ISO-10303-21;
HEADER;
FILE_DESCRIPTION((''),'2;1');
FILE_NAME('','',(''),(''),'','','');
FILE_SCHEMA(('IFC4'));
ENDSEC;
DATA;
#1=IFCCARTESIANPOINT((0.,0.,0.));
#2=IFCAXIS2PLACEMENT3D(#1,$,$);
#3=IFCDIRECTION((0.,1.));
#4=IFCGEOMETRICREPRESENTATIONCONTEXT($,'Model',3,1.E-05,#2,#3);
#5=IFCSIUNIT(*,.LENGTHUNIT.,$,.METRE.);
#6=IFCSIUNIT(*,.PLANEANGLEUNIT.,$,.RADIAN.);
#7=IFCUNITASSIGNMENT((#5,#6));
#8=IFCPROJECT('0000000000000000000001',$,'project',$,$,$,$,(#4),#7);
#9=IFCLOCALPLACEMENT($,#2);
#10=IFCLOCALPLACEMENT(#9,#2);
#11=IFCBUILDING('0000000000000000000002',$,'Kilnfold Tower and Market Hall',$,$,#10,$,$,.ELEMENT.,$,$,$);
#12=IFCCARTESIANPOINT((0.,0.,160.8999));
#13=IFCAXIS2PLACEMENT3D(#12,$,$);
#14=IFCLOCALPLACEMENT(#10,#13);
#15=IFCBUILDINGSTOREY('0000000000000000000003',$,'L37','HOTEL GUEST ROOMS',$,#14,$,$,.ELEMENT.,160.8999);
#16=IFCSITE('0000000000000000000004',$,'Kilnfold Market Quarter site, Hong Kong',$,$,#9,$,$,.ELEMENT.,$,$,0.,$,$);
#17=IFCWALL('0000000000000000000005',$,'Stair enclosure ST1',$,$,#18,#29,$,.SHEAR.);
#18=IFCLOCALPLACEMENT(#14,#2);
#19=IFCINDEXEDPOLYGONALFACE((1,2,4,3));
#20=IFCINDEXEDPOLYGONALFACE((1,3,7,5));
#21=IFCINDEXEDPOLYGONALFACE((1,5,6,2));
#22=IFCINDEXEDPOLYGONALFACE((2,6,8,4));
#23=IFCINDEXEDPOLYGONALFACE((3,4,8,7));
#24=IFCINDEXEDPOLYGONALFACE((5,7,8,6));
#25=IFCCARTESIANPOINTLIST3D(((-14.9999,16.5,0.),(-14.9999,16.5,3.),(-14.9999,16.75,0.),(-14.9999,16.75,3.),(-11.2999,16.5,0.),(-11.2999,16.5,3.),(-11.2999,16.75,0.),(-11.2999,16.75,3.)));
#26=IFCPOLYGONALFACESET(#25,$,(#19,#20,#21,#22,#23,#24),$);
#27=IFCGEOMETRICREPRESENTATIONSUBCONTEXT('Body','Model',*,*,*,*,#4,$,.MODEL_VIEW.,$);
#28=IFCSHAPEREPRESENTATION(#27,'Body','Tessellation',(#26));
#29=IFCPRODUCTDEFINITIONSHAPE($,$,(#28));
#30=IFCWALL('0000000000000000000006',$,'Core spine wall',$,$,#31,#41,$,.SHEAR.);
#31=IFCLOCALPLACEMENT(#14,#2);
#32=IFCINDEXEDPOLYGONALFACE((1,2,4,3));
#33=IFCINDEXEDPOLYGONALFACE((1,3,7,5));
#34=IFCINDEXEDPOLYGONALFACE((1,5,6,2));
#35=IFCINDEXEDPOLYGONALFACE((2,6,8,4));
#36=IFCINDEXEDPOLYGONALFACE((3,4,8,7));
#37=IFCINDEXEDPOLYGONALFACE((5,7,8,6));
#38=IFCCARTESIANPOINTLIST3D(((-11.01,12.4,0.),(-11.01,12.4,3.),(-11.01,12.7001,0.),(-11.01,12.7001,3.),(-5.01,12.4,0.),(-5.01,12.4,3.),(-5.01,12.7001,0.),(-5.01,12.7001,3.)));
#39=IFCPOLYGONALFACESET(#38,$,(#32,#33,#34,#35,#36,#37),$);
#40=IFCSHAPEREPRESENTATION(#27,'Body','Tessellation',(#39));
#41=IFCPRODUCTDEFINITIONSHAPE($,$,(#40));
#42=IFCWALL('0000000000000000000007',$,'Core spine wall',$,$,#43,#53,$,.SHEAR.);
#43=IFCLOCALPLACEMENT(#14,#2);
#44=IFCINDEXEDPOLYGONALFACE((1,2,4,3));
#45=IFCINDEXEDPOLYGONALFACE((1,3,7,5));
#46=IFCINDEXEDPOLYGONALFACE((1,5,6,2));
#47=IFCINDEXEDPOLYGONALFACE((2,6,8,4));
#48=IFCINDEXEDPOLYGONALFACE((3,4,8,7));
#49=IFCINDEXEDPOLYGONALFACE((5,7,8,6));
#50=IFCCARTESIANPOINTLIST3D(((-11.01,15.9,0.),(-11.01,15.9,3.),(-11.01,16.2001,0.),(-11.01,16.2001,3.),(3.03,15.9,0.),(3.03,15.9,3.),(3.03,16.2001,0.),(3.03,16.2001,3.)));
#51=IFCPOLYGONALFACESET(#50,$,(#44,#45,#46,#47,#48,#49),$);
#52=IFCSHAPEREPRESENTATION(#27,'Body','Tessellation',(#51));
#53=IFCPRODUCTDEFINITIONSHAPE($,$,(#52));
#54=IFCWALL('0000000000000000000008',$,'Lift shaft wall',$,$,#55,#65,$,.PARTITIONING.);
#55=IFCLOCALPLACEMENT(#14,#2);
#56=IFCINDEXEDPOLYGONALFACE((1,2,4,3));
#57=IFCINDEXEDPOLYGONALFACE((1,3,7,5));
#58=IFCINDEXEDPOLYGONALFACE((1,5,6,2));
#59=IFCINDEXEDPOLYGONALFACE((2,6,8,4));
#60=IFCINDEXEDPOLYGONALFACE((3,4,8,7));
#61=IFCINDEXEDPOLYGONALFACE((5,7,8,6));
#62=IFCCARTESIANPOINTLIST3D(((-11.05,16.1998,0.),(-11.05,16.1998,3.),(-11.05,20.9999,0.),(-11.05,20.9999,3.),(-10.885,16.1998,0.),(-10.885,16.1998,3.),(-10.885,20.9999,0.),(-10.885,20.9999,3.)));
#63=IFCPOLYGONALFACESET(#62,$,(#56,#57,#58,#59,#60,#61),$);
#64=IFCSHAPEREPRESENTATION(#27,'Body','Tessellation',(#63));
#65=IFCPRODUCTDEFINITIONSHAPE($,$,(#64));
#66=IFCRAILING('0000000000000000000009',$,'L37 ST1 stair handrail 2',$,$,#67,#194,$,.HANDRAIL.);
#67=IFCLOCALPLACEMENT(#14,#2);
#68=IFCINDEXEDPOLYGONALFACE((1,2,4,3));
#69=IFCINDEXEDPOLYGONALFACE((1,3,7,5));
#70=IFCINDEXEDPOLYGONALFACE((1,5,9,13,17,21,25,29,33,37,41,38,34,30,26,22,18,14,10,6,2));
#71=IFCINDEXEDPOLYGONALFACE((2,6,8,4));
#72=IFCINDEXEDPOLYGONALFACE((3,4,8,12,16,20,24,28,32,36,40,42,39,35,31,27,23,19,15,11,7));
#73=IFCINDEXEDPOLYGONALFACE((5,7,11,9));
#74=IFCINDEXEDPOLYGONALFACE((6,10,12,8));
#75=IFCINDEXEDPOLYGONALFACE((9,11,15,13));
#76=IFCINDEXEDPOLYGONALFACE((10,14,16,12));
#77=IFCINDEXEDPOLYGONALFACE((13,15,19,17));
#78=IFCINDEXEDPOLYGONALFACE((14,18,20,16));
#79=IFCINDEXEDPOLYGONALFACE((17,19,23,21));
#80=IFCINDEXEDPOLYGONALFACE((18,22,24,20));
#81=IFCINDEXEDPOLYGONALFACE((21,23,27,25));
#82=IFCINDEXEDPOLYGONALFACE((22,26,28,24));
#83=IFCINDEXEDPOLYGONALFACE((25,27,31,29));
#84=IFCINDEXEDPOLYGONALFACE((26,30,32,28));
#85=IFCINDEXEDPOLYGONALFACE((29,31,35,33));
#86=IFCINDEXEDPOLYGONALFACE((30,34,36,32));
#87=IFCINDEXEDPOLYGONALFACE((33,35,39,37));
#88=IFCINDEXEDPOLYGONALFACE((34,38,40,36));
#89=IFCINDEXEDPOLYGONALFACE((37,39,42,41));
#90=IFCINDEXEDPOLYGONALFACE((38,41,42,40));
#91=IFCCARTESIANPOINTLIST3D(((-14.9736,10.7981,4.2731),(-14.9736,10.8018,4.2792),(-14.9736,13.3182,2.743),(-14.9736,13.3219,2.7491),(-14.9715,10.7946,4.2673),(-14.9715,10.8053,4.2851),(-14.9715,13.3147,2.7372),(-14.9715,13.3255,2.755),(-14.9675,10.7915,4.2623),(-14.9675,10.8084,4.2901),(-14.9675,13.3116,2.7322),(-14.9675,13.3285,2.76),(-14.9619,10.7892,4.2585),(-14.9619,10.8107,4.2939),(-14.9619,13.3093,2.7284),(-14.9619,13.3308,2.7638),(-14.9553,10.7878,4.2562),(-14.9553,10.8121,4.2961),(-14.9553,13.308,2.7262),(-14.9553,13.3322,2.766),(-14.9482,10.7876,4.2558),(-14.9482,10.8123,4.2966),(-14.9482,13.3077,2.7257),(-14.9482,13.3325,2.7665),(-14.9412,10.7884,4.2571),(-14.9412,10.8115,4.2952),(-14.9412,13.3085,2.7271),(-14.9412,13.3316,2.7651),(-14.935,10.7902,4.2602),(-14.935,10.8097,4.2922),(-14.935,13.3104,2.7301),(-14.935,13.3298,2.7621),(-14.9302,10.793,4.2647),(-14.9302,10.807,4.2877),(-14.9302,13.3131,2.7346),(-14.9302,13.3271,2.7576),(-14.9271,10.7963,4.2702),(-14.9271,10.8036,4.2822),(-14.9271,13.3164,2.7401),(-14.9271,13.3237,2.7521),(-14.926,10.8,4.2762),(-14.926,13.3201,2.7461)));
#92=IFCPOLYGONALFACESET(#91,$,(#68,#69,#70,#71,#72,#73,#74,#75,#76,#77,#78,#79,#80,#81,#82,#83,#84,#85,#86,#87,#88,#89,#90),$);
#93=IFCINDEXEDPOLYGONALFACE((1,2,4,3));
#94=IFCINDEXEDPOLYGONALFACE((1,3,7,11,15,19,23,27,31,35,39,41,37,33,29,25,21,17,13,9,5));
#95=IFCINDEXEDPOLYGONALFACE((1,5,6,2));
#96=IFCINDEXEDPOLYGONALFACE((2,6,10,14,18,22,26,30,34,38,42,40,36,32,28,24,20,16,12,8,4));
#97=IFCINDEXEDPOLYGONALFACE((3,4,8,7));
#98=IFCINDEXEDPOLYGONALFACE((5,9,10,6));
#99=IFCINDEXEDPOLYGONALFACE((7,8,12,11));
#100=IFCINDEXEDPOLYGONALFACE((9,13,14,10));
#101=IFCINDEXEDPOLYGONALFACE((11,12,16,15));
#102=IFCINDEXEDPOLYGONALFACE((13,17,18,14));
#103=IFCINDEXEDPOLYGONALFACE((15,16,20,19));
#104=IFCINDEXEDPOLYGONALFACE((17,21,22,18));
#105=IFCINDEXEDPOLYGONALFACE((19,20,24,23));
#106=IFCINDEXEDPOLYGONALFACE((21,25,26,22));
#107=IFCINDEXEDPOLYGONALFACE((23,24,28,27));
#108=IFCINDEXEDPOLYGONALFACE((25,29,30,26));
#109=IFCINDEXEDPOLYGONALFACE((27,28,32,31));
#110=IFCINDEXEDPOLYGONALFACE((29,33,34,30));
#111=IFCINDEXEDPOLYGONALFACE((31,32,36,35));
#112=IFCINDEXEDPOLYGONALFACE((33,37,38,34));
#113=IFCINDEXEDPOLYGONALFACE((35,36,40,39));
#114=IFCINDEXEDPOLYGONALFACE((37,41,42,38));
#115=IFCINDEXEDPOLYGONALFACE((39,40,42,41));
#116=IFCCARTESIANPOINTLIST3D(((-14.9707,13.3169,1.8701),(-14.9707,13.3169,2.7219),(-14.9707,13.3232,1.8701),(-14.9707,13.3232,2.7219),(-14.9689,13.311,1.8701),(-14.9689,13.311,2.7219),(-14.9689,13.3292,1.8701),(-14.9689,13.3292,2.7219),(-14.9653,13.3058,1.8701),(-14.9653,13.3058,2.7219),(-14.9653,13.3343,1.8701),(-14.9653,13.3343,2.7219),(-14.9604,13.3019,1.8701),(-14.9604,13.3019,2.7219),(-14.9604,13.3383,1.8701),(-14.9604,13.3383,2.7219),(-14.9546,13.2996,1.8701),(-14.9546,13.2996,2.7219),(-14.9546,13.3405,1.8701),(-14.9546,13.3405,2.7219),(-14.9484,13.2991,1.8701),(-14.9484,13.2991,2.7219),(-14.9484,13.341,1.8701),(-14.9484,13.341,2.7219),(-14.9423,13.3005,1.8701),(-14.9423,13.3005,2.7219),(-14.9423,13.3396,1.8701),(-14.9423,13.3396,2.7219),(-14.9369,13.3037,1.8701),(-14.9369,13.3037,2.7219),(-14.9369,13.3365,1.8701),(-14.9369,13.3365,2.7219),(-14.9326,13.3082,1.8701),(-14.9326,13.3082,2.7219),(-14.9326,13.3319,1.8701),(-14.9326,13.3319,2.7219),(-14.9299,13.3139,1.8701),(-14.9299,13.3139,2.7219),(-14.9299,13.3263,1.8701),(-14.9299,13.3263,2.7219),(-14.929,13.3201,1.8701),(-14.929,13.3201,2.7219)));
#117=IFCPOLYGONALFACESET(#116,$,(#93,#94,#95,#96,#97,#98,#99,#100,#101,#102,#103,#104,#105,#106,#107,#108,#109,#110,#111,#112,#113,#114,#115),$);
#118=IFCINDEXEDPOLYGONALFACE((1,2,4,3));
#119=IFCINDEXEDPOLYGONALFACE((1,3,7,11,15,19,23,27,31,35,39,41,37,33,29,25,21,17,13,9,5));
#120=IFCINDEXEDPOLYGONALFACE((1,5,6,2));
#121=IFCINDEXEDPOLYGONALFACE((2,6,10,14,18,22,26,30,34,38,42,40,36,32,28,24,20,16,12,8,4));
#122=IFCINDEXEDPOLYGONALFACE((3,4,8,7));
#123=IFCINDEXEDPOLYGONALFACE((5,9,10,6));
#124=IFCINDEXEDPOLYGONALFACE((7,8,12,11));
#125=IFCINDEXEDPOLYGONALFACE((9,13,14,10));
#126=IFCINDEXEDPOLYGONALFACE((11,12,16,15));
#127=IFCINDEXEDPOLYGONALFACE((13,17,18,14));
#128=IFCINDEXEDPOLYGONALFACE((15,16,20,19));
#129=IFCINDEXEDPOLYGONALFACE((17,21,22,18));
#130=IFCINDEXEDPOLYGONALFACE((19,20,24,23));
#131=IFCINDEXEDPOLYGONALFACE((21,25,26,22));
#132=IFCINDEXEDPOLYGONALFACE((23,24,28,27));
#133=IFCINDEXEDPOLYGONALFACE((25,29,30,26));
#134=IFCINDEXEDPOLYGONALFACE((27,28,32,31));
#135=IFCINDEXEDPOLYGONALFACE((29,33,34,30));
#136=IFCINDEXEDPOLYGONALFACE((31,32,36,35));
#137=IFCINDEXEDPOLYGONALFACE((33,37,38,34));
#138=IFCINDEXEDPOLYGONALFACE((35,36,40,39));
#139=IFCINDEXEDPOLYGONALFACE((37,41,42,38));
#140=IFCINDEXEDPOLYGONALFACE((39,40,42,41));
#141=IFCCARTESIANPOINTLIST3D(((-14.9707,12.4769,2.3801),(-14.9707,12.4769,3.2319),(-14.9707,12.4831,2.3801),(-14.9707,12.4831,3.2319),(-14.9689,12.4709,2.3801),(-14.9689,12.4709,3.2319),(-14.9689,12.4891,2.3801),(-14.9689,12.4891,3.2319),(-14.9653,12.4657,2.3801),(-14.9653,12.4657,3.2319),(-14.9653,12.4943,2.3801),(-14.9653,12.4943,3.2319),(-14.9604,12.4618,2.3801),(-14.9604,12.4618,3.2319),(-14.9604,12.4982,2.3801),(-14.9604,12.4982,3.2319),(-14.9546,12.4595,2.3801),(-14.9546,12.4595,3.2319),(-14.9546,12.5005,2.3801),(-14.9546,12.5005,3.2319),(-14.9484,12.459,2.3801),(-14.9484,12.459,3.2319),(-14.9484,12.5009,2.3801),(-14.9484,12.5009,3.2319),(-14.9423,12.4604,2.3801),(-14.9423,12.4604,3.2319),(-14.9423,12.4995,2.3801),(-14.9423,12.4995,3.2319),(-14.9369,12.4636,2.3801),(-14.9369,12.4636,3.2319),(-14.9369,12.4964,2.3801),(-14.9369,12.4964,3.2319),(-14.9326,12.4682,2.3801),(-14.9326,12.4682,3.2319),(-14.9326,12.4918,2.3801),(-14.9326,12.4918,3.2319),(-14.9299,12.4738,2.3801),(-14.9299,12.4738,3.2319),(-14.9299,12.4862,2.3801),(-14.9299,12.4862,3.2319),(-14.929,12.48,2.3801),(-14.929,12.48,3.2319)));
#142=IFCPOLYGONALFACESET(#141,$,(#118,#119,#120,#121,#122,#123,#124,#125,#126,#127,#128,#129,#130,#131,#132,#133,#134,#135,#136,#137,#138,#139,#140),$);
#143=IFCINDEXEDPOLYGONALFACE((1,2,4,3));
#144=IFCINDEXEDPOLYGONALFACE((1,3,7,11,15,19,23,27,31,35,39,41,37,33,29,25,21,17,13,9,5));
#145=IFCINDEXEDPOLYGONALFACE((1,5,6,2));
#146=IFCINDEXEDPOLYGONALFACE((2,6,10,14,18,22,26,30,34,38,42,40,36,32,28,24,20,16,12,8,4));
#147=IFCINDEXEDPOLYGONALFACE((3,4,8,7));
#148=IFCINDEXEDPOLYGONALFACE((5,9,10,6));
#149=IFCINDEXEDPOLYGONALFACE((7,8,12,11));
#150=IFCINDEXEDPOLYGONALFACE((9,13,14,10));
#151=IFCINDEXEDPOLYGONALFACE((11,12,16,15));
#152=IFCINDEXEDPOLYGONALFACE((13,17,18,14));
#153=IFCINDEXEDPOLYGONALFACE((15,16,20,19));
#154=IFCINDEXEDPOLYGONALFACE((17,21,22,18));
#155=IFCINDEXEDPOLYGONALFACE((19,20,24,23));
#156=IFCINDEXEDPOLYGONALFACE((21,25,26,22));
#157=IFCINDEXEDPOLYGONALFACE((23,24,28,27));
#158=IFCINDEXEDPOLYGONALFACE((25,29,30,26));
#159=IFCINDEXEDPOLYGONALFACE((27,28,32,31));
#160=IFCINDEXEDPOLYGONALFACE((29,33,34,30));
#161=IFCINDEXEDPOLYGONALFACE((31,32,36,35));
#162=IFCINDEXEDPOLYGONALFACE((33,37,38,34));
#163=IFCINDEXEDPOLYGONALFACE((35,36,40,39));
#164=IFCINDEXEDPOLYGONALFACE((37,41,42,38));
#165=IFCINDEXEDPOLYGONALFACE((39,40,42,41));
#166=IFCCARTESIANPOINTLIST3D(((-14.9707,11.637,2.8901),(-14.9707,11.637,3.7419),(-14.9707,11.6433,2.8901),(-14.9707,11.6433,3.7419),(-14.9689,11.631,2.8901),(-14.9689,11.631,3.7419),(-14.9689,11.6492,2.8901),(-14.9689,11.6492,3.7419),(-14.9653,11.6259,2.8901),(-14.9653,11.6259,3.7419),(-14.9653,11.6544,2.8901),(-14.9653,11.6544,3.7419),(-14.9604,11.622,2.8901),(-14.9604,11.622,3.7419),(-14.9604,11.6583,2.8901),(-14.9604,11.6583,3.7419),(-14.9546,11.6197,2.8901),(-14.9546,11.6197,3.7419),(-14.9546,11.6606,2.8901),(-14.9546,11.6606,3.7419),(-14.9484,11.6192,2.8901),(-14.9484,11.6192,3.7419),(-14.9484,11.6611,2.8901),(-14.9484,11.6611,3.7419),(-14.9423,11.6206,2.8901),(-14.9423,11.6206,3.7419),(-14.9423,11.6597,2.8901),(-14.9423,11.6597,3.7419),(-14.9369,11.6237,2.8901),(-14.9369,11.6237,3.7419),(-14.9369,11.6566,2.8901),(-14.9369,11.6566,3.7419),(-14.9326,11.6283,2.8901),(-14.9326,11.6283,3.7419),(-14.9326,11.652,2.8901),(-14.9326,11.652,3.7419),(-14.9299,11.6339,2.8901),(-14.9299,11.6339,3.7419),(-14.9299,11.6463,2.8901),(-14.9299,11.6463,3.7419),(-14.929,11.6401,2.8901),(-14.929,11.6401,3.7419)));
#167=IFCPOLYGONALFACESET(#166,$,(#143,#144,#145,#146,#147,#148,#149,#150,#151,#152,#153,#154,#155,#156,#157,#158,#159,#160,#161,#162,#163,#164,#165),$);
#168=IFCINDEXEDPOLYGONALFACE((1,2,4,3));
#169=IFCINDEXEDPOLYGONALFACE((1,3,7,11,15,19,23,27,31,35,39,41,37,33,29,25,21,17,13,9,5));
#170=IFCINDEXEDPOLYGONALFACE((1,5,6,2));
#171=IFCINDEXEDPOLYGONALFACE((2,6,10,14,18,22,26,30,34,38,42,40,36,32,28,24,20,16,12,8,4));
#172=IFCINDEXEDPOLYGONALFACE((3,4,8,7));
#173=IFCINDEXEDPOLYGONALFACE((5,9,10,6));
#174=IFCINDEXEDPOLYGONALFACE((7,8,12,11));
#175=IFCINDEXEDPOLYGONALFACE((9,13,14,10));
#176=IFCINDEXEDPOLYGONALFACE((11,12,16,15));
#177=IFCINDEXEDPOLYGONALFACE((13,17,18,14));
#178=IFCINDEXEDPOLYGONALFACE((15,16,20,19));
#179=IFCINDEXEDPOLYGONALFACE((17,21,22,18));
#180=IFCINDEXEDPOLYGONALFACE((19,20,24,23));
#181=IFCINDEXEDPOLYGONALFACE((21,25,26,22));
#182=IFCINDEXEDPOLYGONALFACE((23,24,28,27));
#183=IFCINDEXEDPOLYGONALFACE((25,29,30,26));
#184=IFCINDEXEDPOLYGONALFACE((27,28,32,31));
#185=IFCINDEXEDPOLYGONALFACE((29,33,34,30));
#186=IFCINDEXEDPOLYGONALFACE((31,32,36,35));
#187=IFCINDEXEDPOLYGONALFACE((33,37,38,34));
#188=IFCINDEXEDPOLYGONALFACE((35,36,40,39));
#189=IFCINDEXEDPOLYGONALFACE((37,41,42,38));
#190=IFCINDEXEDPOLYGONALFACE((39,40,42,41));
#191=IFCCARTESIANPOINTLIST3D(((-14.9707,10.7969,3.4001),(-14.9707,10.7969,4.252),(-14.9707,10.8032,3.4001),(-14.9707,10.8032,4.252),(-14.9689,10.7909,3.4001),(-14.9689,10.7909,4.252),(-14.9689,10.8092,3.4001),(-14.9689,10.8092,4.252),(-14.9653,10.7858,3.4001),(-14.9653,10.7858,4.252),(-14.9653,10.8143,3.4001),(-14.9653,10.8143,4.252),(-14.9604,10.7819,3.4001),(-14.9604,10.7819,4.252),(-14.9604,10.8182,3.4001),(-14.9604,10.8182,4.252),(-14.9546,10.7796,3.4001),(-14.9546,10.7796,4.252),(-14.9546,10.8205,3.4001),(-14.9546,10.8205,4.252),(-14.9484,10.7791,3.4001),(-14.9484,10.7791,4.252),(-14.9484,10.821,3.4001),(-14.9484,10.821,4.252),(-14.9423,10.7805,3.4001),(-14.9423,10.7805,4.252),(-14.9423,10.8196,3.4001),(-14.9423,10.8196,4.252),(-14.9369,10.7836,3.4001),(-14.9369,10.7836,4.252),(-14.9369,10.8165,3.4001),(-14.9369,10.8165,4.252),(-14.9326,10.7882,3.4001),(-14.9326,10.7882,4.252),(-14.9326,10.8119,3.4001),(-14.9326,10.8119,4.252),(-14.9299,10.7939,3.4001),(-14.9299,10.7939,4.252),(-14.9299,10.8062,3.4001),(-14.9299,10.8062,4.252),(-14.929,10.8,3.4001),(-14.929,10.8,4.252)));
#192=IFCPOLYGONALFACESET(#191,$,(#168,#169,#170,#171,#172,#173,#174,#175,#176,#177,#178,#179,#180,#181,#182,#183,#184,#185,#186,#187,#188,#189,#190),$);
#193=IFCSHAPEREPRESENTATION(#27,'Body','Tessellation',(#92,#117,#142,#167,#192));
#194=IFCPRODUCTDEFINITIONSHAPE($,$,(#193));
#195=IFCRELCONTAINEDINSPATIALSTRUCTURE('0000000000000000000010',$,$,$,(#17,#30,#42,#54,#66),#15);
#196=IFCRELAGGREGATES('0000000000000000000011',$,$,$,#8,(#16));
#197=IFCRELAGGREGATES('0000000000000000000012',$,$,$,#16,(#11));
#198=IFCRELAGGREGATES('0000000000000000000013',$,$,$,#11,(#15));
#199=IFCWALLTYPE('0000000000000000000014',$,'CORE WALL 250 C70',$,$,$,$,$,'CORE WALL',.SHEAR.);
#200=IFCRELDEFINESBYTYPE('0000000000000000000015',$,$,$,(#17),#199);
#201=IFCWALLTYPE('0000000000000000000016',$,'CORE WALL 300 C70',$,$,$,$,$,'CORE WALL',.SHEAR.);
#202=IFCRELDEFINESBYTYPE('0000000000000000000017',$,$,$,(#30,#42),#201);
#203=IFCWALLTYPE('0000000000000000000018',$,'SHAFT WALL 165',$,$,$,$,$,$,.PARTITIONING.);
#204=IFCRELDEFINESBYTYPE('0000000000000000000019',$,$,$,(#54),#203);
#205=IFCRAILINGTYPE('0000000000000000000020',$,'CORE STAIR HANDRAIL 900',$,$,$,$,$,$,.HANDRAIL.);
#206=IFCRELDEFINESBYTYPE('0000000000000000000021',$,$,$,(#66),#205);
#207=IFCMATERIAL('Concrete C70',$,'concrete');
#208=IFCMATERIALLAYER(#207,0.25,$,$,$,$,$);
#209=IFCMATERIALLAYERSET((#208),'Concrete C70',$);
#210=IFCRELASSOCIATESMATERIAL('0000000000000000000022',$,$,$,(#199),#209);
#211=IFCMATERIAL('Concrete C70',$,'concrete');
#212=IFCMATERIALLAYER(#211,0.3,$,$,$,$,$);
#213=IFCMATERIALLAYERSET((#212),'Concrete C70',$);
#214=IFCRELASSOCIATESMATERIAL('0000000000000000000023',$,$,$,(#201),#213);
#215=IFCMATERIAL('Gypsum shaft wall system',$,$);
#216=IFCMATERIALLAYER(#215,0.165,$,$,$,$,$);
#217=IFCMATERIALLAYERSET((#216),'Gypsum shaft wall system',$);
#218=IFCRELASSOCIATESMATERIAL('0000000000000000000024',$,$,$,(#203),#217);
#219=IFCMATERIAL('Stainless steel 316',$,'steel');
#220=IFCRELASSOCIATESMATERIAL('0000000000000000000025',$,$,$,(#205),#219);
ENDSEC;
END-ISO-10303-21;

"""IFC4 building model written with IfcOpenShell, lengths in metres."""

from ifc_helpers import new_model, si_unit, direction, frame, frame_2d, origin, origin_2d, place, context, subcontext, project, spatial, rectangle, circle, extrude, source, transform, mapped, material, layer, layer_set, type_object, element, save


model = new_model("IFC4")

# Units and contexts
model_context = context("Model", 3, precision=1e-05, world=origin(), true_north=direction((0.0, 1.0)))
body_context = subcontext(model_context, "Body", "Model", "MODEL_VIEW")
ifc_project = project(units=[si_unit("LENGTHUNIT", "METRE"), si_unit("PLANEANGLEUNIT", "RADIAN")], contexts=[model_context])

# Site, building, storey
site_placement = place(None, origin())
site = spatial("IfcSite", under=ifc_project, at=site_placement, Name="Kilnfold Market Quarter site, Hong Kong", CompositionType="ELEMENT", RefElevation=0.0)
building_placement = place(site_placement, origin())
building = spatial("IfcBuilding", under=site, at=building_placement, Name="Kilnfold Tower and Market Hall", CompositionType="ELEMENT")
storey_placement = place(building_placement, frame((0.0, 0.0, 160.8999)))
storey = spatial("IfcBuildingStorey", under=building, at=storey_placement, Name="L37", Description="HOTEL GUEST ROOMS", CompositionType="ELEMENT", Elevation=160.8999)

# Walls
ifc_material_1 = material(Name="Concrete C70", Category="concrete")
ifc_layer_1 = layer(ifc_material_1, 0.25)
ifc_layer_set_1 = layer_set([ifc_layer_1], Name="Concrete C70")
wall_type_1 = type_object("IfcWallType", Name="CORE WALL 250 C70", ElementType="CORE WALL", PredefinedType="SHEAR", material=ifc_layer_set_1)
shared_shape_1 = source(origin(), body_context, "Body", "SweptSolid", [
    extrude(rectangle(XDim=3.7, YDim=0.25, at=frame_2d((1.8501, 0.0))), origin(), (0.0, 0.0, 1.0), 3.0),
])
wall_1_placement = place(storey_placement, frame((-15.0, 16.625, 0.0), z_axis=(0.0, 0.0, 1.0), x_axis=(1.0, 0.0, 0.0)))
element("IfcWall", 1, at=wall_1_placement, inside=storey, type_object=wall_type_1, Name="Stair enclosure ST1", PredefinedType="SHEAR", context=body_context, shape_type="MappedRepresentation", body=[
    mapped(shared_shape_1, transform((0.0, 0.0, 0.0))),
])
ifc_material_2 = material(Name="Concrete C70", Category="concrete")
ifc_layer_2 = layer(ifc_material_2, 0.3)
ifc_layer_set_2 = layer_set([ifc_layer_2], Name="Concrete C70")
wall_type_2 = type_object("IfcWallType", Name="CORE WALL 300 C70", ElementType="CORE WALL", PredefinedType="SHEAR", material=ifc_layer_set_2)
shared_shape_2 = source(origin(), body_context, "Body", "SweptSolid", [
    extrude(rectangle(XDim=6.0, YDim=0.3, at=frame_2d((3.0, 0.0))), origin(), (0.0, 0.0, 1.0), 3.0),
])
wall_2_placement = place(storey_placement, frame((-11.01, 12.55, 0.0), z_axis=(0.0, 0.0, 1.0), x_axis=(1.0, 0.0, 0.0)))
element("IfcWall", 2, at=wall_2_placement, inside=storey, type_object=wall_type_2, Name="Core spine wall", PredefinedType="SHEAR", context=body_context, shape_type="MappedRepresentation", body=[
    mapped(shared_shape_2, transform((0.0, 0.0, 0.0))),
])
shared_shape_3 = source(origin(), body_context, "Body", "SweptSolid", [
    extrude(rectangle(XDim=14.04, YDim=0.3, at=frame_2d((7.02, 0.0))), origin(), (0.0, 0.0, 1.0), 3.0),
])
wall_3_placement = place(storey_placement, frame((-11.01, 16.05, 0.0), z_axis=(0.0, 0.0, 1.0), x_axis=(1.0, 0.0, 0.0)))
element("IfcWall", 3, at=wall_3_placement, inside=storey, type_object=wall_type_2, Name="Core spine wall", PredefinedType="SHEAR", context=body_context, shape_type="MappedRepresentation", body=[
    mapped(shared_shape_3, transform((0.0, 0.0, 0.0))),
])
ifc_material_3 = material(Name="Gypsum shaft wall system")
ifc_layer_3 = layer(ifc_material_3, 0.165)
ifc_layer_set_3 = layer_set([ifc_layer_3], Name="Gypsum shaft wall system")
wall_type_3 = type_object("IfcWallType", Name="SHAFT WALL 165", PredefinedType="PARTITIONING", material=ifc_layer_set_3)
shared_shape_4 = source(origin(), body_context, "Body", "SweptSolid", [
    extrude(rectangle(XDim=4.8, YDim=0.165, at=frame_2d((2.3999, 0.0))), origin(), (0.0, 0.0, 1.0), 3.0),
])
wall_4_placement = place(storey_placement, frame((-10.9675, 16.2, 0.0), z_axis=(0.0, 0.0, 1.0), x_axis=(0.0, 1.0, 0.0)))
element("IfcWall", 4, at=wall_4_placement, inside=storey, type_object=wall_type_3, Name="Lift shaft wall", PredefinedType="PARTITIONING", context=body_context, shape_type="MappedRepresentation", body=[
    mapped(shared_shape_4, transform((0.0, 0.0, 0.0))),
])

# Railing
ifc_material_4 = material(Name="Stainless steel 316", Category="steel")
railing_type = type_object("IfcRailingType", Name="CORE STAIR HANDRAIL 900", PredefinedType="HANDRAIL", material=ifc_material_4)
railing_placement = place(storey_placement, frame((-14.95, 13.3201, 1.8701)))
element("IfcRailing", 5, at=railing_placement, inside=storey, type_object=railing_type, Name="L37 ST1 stair handrail 2", PredefinedType="HANDRAIL", context=body_context, shape_type="SweptSolid", body=[
    extrude(circle(Radius=0.0239, at=origin_2d()), frame((0.0, 0.0, 0.876), z_axis=(0.0, -0.854785, 0.518982), x_axis=(1.0, 0.0, 0.0)), (0.0, 0.0, 1.0), 2.9482),
    extrude(circle(Radius=0.021, at=origin_2d()), origin(), (0.0, 0.0, 1.0), 0.8518),
    extrude(circle(Radius=0.021, at=origin_2d()), frame((0.0, -0.8401, 0.51)), (0.0, 0.0, 1.0), 0.8518),
    extrude(circle(Radius=0.021, at=origin_2d()), frame((0.0, -1.6799, 1.02)), (0.0, 0.0, 1.0), 0.8518),
    extrude(circle(Radius=0.021, at=origin_2d()), frame((0.0, -2.52, 1.53)), (0.0, 0.0, 1.0), 0.8518),
])

save(model, "model.ifc")
